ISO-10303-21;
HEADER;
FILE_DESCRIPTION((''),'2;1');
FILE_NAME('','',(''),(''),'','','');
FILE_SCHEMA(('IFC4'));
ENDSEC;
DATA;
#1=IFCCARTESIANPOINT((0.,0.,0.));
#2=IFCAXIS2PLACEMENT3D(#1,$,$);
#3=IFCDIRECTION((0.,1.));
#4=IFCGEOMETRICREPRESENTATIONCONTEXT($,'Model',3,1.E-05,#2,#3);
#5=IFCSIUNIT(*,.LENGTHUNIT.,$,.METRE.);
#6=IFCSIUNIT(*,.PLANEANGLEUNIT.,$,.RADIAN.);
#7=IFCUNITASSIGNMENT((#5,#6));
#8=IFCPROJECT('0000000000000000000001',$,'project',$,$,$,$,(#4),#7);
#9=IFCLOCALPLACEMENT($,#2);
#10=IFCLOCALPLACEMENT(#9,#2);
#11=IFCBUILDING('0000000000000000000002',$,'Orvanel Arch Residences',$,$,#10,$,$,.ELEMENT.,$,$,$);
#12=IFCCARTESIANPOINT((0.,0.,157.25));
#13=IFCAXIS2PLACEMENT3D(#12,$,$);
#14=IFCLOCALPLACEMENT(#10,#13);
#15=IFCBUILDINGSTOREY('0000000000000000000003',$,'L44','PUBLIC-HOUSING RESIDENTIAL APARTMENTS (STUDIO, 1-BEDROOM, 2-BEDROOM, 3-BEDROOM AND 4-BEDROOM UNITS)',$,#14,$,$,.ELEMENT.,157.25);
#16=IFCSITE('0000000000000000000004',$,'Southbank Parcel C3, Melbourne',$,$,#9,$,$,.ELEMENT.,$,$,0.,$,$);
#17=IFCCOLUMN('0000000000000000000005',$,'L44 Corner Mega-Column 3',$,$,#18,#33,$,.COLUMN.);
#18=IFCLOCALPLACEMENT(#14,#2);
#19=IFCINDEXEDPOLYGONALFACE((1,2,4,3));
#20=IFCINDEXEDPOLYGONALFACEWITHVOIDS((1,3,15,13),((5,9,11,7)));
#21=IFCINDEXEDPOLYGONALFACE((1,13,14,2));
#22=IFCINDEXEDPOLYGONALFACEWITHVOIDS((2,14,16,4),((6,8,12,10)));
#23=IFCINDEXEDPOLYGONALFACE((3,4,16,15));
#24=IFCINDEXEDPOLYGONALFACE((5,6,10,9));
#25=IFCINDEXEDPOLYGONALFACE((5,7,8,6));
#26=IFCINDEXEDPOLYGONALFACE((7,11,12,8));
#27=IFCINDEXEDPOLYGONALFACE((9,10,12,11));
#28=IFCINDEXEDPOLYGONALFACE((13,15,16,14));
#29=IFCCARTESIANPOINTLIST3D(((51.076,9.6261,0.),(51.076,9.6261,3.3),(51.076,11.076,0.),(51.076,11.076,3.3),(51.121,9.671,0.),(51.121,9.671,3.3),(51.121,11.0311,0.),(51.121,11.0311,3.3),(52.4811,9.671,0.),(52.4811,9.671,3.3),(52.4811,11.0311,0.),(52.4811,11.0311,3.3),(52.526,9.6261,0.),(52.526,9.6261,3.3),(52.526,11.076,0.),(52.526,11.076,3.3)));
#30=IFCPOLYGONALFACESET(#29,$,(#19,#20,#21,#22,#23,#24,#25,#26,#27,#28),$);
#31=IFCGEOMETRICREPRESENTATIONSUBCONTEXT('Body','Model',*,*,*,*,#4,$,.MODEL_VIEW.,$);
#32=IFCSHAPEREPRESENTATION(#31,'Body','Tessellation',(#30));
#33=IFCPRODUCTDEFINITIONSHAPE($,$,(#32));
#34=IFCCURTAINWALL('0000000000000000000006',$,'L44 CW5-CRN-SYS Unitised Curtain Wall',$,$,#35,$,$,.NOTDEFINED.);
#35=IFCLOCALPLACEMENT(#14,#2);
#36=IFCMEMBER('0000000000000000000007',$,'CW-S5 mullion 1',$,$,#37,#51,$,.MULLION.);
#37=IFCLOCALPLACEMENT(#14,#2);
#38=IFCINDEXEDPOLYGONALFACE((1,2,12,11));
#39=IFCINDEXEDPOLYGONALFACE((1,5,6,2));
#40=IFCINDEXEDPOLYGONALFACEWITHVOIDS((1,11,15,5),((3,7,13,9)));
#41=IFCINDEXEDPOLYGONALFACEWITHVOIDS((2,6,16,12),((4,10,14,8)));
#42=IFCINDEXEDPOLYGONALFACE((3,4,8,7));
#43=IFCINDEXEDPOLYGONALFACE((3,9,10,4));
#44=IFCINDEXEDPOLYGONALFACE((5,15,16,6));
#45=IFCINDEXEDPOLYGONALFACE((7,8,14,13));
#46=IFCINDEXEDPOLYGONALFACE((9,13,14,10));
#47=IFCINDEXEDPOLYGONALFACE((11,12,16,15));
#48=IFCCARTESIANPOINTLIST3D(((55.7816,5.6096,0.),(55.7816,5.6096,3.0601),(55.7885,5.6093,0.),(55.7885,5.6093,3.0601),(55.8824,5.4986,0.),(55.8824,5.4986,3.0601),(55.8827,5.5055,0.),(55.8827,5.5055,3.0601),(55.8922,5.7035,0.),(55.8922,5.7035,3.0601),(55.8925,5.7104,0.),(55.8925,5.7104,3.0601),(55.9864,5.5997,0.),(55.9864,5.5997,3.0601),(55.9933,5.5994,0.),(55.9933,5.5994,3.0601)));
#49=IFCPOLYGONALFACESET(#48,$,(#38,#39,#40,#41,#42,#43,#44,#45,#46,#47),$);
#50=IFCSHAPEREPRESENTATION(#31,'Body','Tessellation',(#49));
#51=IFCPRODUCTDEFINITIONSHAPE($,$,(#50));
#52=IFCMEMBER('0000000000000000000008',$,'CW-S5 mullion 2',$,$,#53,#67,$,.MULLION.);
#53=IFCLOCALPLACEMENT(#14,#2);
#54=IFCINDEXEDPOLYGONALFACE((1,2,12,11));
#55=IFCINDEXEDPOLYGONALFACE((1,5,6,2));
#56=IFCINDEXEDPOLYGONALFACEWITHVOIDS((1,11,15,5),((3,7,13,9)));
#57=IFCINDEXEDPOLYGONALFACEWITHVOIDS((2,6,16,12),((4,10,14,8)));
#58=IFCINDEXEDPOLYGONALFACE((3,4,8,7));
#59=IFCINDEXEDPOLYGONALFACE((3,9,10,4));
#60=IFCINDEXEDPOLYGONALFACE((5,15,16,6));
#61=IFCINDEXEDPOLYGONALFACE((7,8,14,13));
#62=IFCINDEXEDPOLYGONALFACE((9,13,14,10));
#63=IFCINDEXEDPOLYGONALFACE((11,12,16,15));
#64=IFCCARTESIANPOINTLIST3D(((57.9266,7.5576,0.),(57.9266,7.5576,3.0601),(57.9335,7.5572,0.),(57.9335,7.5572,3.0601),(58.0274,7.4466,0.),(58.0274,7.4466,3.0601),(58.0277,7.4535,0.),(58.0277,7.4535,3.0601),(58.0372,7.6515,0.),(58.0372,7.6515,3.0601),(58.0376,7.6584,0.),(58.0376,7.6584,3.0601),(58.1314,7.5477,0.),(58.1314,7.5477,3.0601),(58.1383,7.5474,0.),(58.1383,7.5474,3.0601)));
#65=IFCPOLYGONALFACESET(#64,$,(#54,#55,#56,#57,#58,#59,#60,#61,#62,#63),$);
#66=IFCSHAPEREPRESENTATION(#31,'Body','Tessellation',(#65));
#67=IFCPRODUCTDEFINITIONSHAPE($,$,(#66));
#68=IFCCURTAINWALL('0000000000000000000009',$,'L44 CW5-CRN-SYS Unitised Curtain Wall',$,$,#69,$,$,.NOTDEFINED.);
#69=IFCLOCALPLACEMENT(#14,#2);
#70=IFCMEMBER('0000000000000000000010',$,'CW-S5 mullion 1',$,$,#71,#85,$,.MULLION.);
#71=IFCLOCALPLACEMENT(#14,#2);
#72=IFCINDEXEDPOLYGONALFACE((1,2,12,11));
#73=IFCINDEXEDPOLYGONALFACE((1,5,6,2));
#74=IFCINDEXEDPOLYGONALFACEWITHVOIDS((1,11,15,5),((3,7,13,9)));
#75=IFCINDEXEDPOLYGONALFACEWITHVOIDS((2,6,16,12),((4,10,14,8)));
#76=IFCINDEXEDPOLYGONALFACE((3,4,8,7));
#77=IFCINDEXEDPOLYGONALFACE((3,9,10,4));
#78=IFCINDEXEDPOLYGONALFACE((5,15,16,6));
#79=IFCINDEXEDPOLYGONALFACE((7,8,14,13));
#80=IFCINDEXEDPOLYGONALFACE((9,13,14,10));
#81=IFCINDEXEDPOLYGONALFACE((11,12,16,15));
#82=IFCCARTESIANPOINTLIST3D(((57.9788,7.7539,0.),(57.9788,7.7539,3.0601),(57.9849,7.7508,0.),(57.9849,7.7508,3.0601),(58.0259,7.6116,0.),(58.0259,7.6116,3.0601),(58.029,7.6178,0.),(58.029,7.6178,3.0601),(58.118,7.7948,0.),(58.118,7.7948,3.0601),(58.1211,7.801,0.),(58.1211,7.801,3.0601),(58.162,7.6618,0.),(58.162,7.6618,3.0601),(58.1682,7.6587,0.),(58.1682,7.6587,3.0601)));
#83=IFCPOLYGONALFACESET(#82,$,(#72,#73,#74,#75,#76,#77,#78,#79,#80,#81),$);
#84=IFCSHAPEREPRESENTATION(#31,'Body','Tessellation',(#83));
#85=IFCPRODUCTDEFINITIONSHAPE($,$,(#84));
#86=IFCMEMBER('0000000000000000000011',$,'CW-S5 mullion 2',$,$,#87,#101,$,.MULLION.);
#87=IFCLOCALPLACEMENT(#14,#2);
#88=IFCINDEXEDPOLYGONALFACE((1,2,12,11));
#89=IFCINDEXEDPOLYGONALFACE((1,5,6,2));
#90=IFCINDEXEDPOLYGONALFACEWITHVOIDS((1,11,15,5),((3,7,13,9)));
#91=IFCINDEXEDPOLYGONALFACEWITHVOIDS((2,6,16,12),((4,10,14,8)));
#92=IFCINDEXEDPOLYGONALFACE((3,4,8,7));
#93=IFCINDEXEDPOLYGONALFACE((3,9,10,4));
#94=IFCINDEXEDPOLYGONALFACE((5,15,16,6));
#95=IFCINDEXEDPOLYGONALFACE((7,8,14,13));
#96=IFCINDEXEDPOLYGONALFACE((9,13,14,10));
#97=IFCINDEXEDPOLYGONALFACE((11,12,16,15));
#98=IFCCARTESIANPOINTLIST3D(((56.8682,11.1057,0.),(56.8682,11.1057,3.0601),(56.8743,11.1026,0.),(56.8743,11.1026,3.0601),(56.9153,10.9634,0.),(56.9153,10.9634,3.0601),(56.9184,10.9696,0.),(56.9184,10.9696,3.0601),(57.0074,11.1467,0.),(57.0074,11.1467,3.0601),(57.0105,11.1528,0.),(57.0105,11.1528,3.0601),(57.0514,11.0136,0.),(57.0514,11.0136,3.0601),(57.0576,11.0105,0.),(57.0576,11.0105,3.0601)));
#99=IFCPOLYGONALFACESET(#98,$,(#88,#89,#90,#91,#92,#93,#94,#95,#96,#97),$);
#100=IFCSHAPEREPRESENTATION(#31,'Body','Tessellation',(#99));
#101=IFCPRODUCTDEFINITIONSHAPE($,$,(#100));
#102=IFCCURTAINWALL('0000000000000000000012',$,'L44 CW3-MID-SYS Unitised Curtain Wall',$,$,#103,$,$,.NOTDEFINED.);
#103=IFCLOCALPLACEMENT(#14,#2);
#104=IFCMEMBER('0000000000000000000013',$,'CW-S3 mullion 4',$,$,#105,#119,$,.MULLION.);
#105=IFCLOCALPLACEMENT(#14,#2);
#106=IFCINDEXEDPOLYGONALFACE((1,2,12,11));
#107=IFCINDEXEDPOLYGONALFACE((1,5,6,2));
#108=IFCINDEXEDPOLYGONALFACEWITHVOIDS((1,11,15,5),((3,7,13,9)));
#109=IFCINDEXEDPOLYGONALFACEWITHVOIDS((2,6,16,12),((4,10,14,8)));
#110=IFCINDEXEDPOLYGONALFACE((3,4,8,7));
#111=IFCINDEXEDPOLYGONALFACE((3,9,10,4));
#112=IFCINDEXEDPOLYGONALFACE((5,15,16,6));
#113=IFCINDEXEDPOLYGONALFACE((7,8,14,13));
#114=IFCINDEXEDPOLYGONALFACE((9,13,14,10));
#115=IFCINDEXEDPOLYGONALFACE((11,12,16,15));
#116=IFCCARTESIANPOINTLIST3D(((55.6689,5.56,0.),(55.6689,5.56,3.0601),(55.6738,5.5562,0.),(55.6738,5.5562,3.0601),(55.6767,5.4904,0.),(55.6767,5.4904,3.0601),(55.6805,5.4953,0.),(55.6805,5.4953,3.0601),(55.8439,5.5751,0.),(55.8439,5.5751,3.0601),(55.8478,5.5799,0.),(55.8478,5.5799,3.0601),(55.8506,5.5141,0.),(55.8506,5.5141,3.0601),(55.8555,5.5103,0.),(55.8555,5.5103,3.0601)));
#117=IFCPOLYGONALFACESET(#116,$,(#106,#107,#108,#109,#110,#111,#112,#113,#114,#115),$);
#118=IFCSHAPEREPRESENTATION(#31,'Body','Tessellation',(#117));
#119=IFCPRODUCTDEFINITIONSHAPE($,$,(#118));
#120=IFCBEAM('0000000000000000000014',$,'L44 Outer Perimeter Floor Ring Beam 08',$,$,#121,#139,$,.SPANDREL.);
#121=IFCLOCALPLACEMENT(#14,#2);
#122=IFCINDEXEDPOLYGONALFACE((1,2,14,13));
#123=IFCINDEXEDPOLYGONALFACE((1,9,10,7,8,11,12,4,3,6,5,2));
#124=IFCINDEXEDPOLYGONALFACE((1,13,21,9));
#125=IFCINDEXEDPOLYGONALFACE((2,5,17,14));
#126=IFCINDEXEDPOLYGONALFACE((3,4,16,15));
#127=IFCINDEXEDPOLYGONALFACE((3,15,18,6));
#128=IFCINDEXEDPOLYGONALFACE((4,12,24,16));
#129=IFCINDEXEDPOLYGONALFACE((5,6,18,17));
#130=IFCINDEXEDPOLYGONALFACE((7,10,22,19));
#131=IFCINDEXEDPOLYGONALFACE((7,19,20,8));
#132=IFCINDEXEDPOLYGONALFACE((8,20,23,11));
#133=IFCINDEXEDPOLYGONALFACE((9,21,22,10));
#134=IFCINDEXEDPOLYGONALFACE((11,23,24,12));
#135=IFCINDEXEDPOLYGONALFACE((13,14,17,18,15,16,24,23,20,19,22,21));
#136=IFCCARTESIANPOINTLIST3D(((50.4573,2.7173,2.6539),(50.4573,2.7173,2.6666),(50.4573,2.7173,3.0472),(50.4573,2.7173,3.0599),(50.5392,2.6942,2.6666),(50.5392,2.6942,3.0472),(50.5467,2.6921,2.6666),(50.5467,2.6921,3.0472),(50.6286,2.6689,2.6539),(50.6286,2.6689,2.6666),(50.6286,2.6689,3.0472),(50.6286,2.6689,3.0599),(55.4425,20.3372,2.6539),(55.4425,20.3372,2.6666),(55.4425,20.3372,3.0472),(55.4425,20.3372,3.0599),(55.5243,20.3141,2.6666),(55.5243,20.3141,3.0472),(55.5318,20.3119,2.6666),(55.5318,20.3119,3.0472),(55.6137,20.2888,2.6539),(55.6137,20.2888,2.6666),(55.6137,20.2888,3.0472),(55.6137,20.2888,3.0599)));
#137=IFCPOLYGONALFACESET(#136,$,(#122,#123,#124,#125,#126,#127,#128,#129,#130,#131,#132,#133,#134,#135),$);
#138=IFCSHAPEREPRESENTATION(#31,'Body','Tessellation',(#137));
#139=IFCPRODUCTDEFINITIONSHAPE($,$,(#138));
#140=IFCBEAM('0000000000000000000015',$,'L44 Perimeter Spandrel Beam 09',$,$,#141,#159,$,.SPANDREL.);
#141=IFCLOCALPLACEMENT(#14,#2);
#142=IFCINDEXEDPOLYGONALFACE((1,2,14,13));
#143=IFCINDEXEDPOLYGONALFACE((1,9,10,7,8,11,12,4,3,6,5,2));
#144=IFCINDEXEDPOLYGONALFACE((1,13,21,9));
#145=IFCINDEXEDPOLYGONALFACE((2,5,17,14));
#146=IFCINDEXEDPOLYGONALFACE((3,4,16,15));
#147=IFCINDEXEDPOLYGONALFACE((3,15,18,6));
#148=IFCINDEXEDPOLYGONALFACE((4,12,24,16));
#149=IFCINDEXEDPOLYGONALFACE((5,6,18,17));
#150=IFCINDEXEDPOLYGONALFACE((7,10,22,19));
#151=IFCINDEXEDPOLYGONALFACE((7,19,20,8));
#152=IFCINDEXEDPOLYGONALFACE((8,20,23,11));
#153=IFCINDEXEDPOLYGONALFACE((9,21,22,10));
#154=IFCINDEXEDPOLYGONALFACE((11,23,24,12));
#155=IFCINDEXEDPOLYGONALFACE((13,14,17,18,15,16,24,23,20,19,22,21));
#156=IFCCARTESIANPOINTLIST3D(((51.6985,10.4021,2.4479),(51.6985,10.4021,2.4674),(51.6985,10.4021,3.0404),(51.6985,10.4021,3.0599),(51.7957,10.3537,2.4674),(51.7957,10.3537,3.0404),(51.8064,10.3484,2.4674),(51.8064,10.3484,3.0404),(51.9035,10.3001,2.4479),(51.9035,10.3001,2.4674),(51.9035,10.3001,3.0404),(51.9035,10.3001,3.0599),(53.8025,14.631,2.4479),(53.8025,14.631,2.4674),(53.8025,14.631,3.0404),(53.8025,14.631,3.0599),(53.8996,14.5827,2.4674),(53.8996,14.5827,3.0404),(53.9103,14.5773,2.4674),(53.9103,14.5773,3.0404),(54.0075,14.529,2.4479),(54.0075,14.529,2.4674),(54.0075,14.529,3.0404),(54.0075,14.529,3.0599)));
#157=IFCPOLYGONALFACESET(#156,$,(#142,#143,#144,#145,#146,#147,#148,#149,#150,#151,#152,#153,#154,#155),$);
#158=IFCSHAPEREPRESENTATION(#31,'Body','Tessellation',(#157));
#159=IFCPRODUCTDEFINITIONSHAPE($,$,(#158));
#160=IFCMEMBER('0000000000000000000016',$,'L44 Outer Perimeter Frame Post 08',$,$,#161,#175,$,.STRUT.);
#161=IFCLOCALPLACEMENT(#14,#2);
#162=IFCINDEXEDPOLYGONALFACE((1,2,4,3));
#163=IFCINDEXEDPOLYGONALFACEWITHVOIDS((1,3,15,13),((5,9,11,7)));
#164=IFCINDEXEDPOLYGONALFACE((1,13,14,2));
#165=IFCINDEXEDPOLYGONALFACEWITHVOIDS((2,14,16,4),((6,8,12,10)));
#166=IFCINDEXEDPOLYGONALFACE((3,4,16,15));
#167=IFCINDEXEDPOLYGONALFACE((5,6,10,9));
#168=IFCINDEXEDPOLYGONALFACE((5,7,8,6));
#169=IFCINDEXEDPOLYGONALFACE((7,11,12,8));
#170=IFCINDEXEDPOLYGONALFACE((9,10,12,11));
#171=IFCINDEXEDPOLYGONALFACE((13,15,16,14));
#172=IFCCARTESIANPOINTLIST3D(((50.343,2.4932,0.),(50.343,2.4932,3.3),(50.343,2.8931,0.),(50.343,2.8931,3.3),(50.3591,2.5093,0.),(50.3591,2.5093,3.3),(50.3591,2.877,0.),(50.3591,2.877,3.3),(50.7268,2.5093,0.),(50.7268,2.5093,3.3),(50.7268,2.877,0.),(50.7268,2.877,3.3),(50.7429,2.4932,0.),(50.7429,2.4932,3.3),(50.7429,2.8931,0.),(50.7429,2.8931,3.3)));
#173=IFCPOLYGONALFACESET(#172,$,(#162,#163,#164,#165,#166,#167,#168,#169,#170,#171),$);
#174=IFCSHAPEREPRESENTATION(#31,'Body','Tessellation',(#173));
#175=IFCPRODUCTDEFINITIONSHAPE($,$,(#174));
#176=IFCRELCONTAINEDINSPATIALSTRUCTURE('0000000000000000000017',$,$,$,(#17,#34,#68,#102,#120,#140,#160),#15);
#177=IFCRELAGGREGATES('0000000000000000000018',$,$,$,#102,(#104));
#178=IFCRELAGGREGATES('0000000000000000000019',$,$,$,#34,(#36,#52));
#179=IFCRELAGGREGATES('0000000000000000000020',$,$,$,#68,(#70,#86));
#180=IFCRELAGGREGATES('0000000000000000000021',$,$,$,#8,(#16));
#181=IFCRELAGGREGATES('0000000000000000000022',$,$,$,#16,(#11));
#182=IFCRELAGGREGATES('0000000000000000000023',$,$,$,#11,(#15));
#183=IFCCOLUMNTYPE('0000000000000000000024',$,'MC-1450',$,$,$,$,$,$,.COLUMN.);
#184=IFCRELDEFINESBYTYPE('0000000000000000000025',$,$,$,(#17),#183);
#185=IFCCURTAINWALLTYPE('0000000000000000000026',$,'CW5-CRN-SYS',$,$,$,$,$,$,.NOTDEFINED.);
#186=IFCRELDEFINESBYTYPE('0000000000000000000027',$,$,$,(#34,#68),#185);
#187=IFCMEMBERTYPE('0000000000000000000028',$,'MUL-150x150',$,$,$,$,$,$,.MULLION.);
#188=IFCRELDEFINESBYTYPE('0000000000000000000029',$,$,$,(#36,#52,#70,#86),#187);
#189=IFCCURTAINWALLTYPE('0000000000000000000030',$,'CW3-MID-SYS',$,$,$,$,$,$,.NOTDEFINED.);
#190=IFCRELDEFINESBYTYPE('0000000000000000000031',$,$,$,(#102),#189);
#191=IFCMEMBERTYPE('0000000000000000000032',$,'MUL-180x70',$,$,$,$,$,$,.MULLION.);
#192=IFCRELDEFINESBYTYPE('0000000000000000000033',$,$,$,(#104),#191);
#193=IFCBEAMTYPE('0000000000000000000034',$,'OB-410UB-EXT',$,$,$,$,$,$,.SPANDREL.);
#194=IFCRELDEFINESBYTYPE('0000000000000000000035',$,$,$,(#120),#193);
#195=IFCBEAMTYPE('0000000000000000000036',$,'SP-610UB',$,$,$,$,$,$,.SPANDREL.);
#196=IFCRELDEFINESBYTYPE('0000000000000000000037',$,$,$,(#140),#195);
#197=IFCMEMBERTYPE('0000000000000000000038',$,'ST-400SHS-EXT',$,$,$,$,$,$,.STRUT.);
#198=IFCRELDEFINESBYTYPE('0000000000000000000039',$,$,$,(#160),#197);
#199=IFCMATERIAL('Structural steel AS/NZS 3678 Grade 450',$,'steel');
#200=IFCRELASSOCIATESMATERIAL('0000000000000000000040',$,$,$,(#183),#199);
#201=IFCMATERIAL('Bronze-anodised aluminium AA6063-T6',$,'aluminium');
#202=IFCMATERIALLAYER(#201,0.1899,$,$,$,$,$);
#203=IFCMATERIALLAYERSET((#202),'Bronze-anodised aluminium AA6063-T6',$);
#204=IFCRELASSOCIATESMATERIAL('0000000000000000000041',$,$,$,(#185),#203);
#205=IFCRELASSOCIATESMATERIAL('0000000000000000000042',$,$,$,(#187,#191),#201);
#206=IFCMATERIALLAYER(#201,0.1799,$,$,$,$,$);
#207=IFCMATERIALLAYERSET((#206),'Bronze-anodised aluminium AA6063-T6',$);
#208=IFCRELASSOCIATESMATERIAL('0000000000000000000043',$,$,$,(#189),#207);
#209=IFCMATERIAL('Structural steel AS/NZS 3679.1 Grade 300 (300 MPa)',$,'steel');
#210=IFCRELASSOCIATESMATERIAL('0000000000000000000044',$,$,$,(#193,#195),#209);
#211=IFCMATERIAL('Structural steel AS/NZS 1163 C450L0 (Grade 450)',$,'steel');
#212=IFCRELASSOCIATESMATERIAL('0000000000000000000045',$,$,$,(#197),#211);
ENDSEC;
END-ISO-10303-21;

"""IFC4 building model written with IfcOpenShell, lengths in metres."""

from ifc_helpers import new_model, si_unit, direction, frame, origin, origin_2d, place, context, subcontext, project, spatial, hollow_rectangle, i_section, extrude, material, layer, layer_set, material_profile, profile_set, type_object, element, aggregate, save


model = new_model("IFC4")

# Units and contexts
model_context = context("Model", 3, precision=1e-05, world=origin(), true_north=direction((0.0, 1.0)))
body_context = subcontext(model_context, "Body", "Model", "MODEL_VIEW")
ifc_project = project(units=[si_unit("LENGTHUNIT", "METRE"), si_unit("PLANEANGLEUNIT", "RADIAN")], contexts=[model_context])

# Site, building, storey
site_placement = place(None, origin())
site = spatial("IfcSite", under=ifc_project, at=site_placement, Name="Southbank Parcel C3, Melbourne", CompositionType="ELEMENT", RefElevation=0.0)
building_placement = place(site_placement, origin())
building = spatial("IfcBuilding", under=site, at=building_placement, Name="Orvanel Arch Residences", CompositionType="ELEMENT")
storey_placement = place(building_placement, frame((0.0, 0.0, 157.25)))
storey = spatial("IfcBuildingStorey", under=building, at=storey_placement, Name="L44", Description="PUBLIC-HOUSING RESIDENTIAL APARTMENTS (STUDIO, 1-BEDROOM, 2-BEDROOM, 3-BEDROOM AND 4-BEDROOM UNITS)", CompositionType="ELEMENT", Elevation=157.25)

# Column
ifc_material_1 = material(Name="Structural steel AS/NZS 3678 Grade 450", Category="steel")
ifc_material_profile_1 = material_profile(ifc_material_1, hollow_rectangle(XDim=1.45, YDim=1.45, WallThickness=0.0449, at=origin_2d()), Name="BOX1450x1450x45")
ifc_profile_set_1 = profile_set([ifc_material_profile_1], Name="Structural steel AS/NZS 3678 Grade 450")
column_type = type_object("IfcColumnType", Name="MC-1450", PredefinedType="COLUMN", material=ifc_profile_set_1)
column_placement = place(storey_placement, frame((51.801, 10.3511, 0.0), z_axis=(0.0, 0.0, 1.0), x_axis=(1.0, 0.0, 0.0)))
element("IfcColumn", 1, at=column_placement, inside=storey, type_object=column_type, Name="L44 Corner Mega-Column 3", PredefinedType="COLUMN", context=body_context, shape_type="SweptSolid", body=[
    extrude(hollow_rectangle(XDim=1.45, YDim=1.45, WallThickness=0.0449, at=origin_2d()), origin(), (0.0, 0.0, 1.0), 3.3),
])

# Curtain walls, members
ifc_material_2 = material(Name="Bronze-anodised aluminium AA6063-T6", Category="aluminium")
ifc_layer_1 = layer(ifc_material_2, 0.1899)
ifc_layer_set_1 = layer_set([ifc_layer_1], Name="Bronze-anodised aluminium AA6063-T6")
curtain_wall_type_1 = type_object("IfcCurtainWallType", Name="CW5-CRN-SYS", PredefinedType="NOTDEFINED", material=ifc_layer_set_1)
curtain_wall_1_placement = place(storey_placement, origin())
curtain_wall_1 = element("IfcCurtainWall", 2, at=curtain_wall_1_placement, inside=storey, type_object=curtain_wall_type_1, Name="L44 CW5-CRN-SYS Unitised Curtain Wall", PredefinedType="NOTDEFINED")
ifc_material_profile_2 = material_profile(ifc_material_2, hollow_rectangle(XDim=0.1499, YDim=0.1499, WallThickness=0.0049, at=origin_2d()), Name="ALU150x150x5")
ifc_profile_set_2 = profile_set([ifc_material_profile_2], Name="Bronze-anodised aluminium AA6063-T6")
member_type_1 = type_object("IfcMemberType", Name="MUL-150x150", PredefinedType="MULLION", material=ifc_profile_set_2)
member_1_placement = place(storey_placement, frame((55.8875, 5.6045, 0.0), z_axis=(0.0, 0.0, 1.0), x_axis=(-0.67233, 0.740252, 0.0)))
member_1 = element("IfcMember", 3, at=member_1_placement, type_object=member_type_1, Name="CW-S5 mullion 1", PredefinedType="MULLION", context=body_context, shape_type="SweptSolid", body=[
    extrude(hollow_rectangle(XDim=0.1499, YDim=0.1499, WallThickness=0.0049, at=origin_2d()), origin(), (0.0, 0.0, 1.0), 3.0601),
])
member_2_placement = place(storey_placement, frame((58.0325, 7.5525, 0.0), z_axis=(0.0, 0.0, 1.0), x_axis=(-0.67233, 0.740252, 0.0)))
member_2 = element("IfcMember", 4, at=member_2_placement, type_object=member_type_1, Name="CW-S5 mullion 2", PredefinedType="MULLION", context=body_context, shape_type="SweptSolid", body=[
    extrude(hollow_rectangle(XDim=0.1499, YDim=0.1499, WallThickness=0.0049, at=origin_2d()), origin(), (0.0, 0.0, 1.0), 3.0601),
])
curtain_wall_2_placement = place(storey_placement, origin())
curtain_wall_2 = element("IfcCurtainWall", 5, at=curtain_wall_2_placement, inside=storey, type_object=curtain_wall_type_1, Name="L44 CW5-CRN-SYS Unitised Curtain Wall", PredefinedType="NOTDEFINED")
member_3_placement = place(storey_placement, frame((58.0735, 7.7063, 0.0), z_axis=(0.0, 0.0, 1.0), x_axis=(-0.949264, -0.31448, 0.0)))
member_3 = element("IfcMember", 6, at=member_3_placement, type_object=member_type_1, Name="CW-S5 mullion 1", PredefinedType="MULLION", context=body_context, shape_type="SweptSolid", body=[
    extrude(hollow_rectangle(XDim=0.1499, YDim=0.1499, WallThickness=0.0049, at=origin_2d()), origin(), (0.0, 0.0, 1.0), 3.0601),
])
member_4_placement = place(storey_placement, frame((56.9629, 11.0581, 0.0), z_axis=(0.0, 0.0, 1.0), x_axis=(-0.949264, -0.31448, 0.0)))
member_4 = element("IfcMember", 7, at=member_4_placement, type_object=member_type_1, Name="CW-S5 mullion 2", PredefinedType="MULLION", context=body_context, shape_type="SweptSolid", body=[
    extrude(hollow_rectangle(XDim=0.1499, YDim=0.1499, WallThickness=0.0049, at=origin_2d()), origin(), (0.0, 0.0, 1.0), 3.0601),
])

# Curtain wall, member
ifc_layer_2 = layer(ifc_material_2, 0.1799)
ifc_layer_set_2 = layer_set([ifc_layer_2], Name="Bronze-anodised aluminium AA6063-T6")
curtain_wall_type_2 = type_object("IfcCurtainWallType", Name="CW3-MID-SYS", PredefinedType="NOTDEFINED", material=ifc_layer_set_2)
curtain_wall_3_placement = place(storey_placement, origin())
curtain_wall_3 = element("IfcCurtainWall", 8, at=curtain_wall_3_placement, inside=storey, type_object=curtain_wall_type_2, Name="L44 CW3-MID-SYS Unitised Curtain Wall", PredefinedType="NOTDEFINED")
ifc_material_profile_3 = material_profile(ifc_material_2, hollow_rectangle(XDim=0.0701, YDim=0.1799, WallThickness=0.0044, at=origin_2d()), Name="ALU180x70x4.5")
ifc_profile_set_3 = profile_set([ifc_material_profile_3], Name="Bronze-anodised aluminium AA6063-T6")
member_type_2 = type_object("IfcMemberType", Name="MUL-180x70", PredefinedType="MULLION", material=ifc_profile_set_3)
member_5_placement = place(storey_placement, frame((55.7622, 5.5352, 0.0), z_axis=(0.0, 0.0, 1.0), x_axis=(-0.110374, 0.99389, 0.0)))
member_5 = element("IfcMember", 9, at=member_5_placement, type_object=member_type_2, Name="CW-S3 mullion 4", PredefinedType="MULLION", context=body_context, shape_type="SweptSolid", body=[
    extrude(hollow_rectangle(XDim=0.0701, YDim=0.1799, WallThickness=0.0044, at=origin_2d()), origin(), (0.0, 0.0, 1.0), 3.0601),
])

# Beams
ifc_material_3 = material(Name="Structural steel AS/NZS 3679.1 Grade 300 (300 MPa)", Category="steel")
ifc_material_profile_4 = material_profile(ifc_material_3, i_section(OverallWidth=0.178, OverallDepth=0.406, WebThickness=0.0078, FlangeThickness=0.0127, at=origin_2d()), Name="410UB59.7")
ifc_profile_set_4 = profile_set([ifc_material_profile_4], Name="Structural steel AS/NZS 3679.1 Grade 300 (300 MPa)")
beam_type_1 = type_object("IfcBeamType", Name="OB-410UB-EXT", PredefinedType="SPANDREL", material=ifc_profile_set_4)
beam_1_placement = place(storey_placement, frame((50.543, 2.6931, 2.8569), z_axis=(0.272239, 0.96223, 0.0), x_axis=(-0.96223, 0.272239, 0.0)))
element("IfcBeam", 10, at=beam_1_placement, inside=storey, type_object=beam_type_1, Name="L44 Outer Perimeter Floor Ring Beam 08", PredefinedType="SPANDREL", context=body_context, shape_type="SweptSolid", body=[
    extrude(i_section(OverallWidth=0.178, OverallDepth=0.406, WebThickness=0.0078, FlangeThickness=0.0127, at=origin_2d()), origin(), (0.0, 0.0, 1.0), 18.3115),
])
ifc_material_profile_5 = material_profile(ifc_material_3, i_section(OverallWidth=0.229, OverallDepth=0.6121, WebThickness=0.012, FlangeThickness=0.0195, at=origin_2d()), Name="610UB125")
ifc_profile_set_5 = profile_set([ifc_material_profile_5], Name="Structural steel AS/NZS 3679.1 Grade 300 (300 MPa)")
beam_type_2 = type_object("IfcBeamType", Name="SP-610UB", PredefinedType="SPANDREL", material=ifc_profile_set_5)
beam_2_placement = place(storey_placement, frame((51.801, 10.3511, 2.7539), z_axis=(0.445435, 0.895314, 0.0), x_axis=(-0.895314, 0.445435, 0.0)))
element("IfcBeam", 11, at=beam_2_placement, inside=storey, type_object=beam_type_2, Name="L44 Perimeter Spandrel Beam 09", PredefinedType="SPANDREL", context=body_context, shape_type="SweptSolid", body=[
    extrude(i_section(OverallWidth=0.229, OverallDepth=0.6121, WebThickness=0.012, FlangeThickness=0.0195, at=origin_2d()), origin(), (0.0, 0.0, 1.0), 4.7234),
])

# Member
ifc_material_4 = material(Name="Structural steel AS/NZS 1163 C450L0 (Grade 450)", Category="steel")
ifc_material_profile_6 = material_profile(ifc_material_4, hollow_rectangle(XDim=0.3999, YDim=0.3999, WallThickness=0.0161, at=origin_2d()), Name="SHS400x400x16")
ifc_profile_set_6 = profile_set([ifc_material_profile_6], Name="Structural steel AS/NZS 1163 C450L0 (Grade 450)")
member_type_3 = type_object("IfcMemberType", Name="ST-400SHS-EXT", PredefinedType="STRUT", material=ifc_profile_set_6)
member_6_placement = place(storey_placement, frame((50.543, 2.6931, 0.0), z_axis=(0.0, 0.0, 1.0), x_axis=(1.0, 0.0, 0.0)))
element("IfcMember", 12, at=member_6_placement, inside=storey, type_object=member_type_3, Name="L44 Outer Perimeter Frame Post 08", PredefinedType="STRUT", context=body_context, shape_type="SweptSolid", body=[
    extrude(hollow_rectangle(XDim=0.3999, YDim=0.3999, WallThickness=0.0161, at=origin_2d()), origin(), (0.0, 0.0, 1.0), 3.3),
])

aggregate(curtain_wall_3, [member_5])
aggregate(curtain_wall_1, [member_1, member_2])
aggregate(curtain_wall_2, [member_3, member_4])

save(model, "model.ifc")
